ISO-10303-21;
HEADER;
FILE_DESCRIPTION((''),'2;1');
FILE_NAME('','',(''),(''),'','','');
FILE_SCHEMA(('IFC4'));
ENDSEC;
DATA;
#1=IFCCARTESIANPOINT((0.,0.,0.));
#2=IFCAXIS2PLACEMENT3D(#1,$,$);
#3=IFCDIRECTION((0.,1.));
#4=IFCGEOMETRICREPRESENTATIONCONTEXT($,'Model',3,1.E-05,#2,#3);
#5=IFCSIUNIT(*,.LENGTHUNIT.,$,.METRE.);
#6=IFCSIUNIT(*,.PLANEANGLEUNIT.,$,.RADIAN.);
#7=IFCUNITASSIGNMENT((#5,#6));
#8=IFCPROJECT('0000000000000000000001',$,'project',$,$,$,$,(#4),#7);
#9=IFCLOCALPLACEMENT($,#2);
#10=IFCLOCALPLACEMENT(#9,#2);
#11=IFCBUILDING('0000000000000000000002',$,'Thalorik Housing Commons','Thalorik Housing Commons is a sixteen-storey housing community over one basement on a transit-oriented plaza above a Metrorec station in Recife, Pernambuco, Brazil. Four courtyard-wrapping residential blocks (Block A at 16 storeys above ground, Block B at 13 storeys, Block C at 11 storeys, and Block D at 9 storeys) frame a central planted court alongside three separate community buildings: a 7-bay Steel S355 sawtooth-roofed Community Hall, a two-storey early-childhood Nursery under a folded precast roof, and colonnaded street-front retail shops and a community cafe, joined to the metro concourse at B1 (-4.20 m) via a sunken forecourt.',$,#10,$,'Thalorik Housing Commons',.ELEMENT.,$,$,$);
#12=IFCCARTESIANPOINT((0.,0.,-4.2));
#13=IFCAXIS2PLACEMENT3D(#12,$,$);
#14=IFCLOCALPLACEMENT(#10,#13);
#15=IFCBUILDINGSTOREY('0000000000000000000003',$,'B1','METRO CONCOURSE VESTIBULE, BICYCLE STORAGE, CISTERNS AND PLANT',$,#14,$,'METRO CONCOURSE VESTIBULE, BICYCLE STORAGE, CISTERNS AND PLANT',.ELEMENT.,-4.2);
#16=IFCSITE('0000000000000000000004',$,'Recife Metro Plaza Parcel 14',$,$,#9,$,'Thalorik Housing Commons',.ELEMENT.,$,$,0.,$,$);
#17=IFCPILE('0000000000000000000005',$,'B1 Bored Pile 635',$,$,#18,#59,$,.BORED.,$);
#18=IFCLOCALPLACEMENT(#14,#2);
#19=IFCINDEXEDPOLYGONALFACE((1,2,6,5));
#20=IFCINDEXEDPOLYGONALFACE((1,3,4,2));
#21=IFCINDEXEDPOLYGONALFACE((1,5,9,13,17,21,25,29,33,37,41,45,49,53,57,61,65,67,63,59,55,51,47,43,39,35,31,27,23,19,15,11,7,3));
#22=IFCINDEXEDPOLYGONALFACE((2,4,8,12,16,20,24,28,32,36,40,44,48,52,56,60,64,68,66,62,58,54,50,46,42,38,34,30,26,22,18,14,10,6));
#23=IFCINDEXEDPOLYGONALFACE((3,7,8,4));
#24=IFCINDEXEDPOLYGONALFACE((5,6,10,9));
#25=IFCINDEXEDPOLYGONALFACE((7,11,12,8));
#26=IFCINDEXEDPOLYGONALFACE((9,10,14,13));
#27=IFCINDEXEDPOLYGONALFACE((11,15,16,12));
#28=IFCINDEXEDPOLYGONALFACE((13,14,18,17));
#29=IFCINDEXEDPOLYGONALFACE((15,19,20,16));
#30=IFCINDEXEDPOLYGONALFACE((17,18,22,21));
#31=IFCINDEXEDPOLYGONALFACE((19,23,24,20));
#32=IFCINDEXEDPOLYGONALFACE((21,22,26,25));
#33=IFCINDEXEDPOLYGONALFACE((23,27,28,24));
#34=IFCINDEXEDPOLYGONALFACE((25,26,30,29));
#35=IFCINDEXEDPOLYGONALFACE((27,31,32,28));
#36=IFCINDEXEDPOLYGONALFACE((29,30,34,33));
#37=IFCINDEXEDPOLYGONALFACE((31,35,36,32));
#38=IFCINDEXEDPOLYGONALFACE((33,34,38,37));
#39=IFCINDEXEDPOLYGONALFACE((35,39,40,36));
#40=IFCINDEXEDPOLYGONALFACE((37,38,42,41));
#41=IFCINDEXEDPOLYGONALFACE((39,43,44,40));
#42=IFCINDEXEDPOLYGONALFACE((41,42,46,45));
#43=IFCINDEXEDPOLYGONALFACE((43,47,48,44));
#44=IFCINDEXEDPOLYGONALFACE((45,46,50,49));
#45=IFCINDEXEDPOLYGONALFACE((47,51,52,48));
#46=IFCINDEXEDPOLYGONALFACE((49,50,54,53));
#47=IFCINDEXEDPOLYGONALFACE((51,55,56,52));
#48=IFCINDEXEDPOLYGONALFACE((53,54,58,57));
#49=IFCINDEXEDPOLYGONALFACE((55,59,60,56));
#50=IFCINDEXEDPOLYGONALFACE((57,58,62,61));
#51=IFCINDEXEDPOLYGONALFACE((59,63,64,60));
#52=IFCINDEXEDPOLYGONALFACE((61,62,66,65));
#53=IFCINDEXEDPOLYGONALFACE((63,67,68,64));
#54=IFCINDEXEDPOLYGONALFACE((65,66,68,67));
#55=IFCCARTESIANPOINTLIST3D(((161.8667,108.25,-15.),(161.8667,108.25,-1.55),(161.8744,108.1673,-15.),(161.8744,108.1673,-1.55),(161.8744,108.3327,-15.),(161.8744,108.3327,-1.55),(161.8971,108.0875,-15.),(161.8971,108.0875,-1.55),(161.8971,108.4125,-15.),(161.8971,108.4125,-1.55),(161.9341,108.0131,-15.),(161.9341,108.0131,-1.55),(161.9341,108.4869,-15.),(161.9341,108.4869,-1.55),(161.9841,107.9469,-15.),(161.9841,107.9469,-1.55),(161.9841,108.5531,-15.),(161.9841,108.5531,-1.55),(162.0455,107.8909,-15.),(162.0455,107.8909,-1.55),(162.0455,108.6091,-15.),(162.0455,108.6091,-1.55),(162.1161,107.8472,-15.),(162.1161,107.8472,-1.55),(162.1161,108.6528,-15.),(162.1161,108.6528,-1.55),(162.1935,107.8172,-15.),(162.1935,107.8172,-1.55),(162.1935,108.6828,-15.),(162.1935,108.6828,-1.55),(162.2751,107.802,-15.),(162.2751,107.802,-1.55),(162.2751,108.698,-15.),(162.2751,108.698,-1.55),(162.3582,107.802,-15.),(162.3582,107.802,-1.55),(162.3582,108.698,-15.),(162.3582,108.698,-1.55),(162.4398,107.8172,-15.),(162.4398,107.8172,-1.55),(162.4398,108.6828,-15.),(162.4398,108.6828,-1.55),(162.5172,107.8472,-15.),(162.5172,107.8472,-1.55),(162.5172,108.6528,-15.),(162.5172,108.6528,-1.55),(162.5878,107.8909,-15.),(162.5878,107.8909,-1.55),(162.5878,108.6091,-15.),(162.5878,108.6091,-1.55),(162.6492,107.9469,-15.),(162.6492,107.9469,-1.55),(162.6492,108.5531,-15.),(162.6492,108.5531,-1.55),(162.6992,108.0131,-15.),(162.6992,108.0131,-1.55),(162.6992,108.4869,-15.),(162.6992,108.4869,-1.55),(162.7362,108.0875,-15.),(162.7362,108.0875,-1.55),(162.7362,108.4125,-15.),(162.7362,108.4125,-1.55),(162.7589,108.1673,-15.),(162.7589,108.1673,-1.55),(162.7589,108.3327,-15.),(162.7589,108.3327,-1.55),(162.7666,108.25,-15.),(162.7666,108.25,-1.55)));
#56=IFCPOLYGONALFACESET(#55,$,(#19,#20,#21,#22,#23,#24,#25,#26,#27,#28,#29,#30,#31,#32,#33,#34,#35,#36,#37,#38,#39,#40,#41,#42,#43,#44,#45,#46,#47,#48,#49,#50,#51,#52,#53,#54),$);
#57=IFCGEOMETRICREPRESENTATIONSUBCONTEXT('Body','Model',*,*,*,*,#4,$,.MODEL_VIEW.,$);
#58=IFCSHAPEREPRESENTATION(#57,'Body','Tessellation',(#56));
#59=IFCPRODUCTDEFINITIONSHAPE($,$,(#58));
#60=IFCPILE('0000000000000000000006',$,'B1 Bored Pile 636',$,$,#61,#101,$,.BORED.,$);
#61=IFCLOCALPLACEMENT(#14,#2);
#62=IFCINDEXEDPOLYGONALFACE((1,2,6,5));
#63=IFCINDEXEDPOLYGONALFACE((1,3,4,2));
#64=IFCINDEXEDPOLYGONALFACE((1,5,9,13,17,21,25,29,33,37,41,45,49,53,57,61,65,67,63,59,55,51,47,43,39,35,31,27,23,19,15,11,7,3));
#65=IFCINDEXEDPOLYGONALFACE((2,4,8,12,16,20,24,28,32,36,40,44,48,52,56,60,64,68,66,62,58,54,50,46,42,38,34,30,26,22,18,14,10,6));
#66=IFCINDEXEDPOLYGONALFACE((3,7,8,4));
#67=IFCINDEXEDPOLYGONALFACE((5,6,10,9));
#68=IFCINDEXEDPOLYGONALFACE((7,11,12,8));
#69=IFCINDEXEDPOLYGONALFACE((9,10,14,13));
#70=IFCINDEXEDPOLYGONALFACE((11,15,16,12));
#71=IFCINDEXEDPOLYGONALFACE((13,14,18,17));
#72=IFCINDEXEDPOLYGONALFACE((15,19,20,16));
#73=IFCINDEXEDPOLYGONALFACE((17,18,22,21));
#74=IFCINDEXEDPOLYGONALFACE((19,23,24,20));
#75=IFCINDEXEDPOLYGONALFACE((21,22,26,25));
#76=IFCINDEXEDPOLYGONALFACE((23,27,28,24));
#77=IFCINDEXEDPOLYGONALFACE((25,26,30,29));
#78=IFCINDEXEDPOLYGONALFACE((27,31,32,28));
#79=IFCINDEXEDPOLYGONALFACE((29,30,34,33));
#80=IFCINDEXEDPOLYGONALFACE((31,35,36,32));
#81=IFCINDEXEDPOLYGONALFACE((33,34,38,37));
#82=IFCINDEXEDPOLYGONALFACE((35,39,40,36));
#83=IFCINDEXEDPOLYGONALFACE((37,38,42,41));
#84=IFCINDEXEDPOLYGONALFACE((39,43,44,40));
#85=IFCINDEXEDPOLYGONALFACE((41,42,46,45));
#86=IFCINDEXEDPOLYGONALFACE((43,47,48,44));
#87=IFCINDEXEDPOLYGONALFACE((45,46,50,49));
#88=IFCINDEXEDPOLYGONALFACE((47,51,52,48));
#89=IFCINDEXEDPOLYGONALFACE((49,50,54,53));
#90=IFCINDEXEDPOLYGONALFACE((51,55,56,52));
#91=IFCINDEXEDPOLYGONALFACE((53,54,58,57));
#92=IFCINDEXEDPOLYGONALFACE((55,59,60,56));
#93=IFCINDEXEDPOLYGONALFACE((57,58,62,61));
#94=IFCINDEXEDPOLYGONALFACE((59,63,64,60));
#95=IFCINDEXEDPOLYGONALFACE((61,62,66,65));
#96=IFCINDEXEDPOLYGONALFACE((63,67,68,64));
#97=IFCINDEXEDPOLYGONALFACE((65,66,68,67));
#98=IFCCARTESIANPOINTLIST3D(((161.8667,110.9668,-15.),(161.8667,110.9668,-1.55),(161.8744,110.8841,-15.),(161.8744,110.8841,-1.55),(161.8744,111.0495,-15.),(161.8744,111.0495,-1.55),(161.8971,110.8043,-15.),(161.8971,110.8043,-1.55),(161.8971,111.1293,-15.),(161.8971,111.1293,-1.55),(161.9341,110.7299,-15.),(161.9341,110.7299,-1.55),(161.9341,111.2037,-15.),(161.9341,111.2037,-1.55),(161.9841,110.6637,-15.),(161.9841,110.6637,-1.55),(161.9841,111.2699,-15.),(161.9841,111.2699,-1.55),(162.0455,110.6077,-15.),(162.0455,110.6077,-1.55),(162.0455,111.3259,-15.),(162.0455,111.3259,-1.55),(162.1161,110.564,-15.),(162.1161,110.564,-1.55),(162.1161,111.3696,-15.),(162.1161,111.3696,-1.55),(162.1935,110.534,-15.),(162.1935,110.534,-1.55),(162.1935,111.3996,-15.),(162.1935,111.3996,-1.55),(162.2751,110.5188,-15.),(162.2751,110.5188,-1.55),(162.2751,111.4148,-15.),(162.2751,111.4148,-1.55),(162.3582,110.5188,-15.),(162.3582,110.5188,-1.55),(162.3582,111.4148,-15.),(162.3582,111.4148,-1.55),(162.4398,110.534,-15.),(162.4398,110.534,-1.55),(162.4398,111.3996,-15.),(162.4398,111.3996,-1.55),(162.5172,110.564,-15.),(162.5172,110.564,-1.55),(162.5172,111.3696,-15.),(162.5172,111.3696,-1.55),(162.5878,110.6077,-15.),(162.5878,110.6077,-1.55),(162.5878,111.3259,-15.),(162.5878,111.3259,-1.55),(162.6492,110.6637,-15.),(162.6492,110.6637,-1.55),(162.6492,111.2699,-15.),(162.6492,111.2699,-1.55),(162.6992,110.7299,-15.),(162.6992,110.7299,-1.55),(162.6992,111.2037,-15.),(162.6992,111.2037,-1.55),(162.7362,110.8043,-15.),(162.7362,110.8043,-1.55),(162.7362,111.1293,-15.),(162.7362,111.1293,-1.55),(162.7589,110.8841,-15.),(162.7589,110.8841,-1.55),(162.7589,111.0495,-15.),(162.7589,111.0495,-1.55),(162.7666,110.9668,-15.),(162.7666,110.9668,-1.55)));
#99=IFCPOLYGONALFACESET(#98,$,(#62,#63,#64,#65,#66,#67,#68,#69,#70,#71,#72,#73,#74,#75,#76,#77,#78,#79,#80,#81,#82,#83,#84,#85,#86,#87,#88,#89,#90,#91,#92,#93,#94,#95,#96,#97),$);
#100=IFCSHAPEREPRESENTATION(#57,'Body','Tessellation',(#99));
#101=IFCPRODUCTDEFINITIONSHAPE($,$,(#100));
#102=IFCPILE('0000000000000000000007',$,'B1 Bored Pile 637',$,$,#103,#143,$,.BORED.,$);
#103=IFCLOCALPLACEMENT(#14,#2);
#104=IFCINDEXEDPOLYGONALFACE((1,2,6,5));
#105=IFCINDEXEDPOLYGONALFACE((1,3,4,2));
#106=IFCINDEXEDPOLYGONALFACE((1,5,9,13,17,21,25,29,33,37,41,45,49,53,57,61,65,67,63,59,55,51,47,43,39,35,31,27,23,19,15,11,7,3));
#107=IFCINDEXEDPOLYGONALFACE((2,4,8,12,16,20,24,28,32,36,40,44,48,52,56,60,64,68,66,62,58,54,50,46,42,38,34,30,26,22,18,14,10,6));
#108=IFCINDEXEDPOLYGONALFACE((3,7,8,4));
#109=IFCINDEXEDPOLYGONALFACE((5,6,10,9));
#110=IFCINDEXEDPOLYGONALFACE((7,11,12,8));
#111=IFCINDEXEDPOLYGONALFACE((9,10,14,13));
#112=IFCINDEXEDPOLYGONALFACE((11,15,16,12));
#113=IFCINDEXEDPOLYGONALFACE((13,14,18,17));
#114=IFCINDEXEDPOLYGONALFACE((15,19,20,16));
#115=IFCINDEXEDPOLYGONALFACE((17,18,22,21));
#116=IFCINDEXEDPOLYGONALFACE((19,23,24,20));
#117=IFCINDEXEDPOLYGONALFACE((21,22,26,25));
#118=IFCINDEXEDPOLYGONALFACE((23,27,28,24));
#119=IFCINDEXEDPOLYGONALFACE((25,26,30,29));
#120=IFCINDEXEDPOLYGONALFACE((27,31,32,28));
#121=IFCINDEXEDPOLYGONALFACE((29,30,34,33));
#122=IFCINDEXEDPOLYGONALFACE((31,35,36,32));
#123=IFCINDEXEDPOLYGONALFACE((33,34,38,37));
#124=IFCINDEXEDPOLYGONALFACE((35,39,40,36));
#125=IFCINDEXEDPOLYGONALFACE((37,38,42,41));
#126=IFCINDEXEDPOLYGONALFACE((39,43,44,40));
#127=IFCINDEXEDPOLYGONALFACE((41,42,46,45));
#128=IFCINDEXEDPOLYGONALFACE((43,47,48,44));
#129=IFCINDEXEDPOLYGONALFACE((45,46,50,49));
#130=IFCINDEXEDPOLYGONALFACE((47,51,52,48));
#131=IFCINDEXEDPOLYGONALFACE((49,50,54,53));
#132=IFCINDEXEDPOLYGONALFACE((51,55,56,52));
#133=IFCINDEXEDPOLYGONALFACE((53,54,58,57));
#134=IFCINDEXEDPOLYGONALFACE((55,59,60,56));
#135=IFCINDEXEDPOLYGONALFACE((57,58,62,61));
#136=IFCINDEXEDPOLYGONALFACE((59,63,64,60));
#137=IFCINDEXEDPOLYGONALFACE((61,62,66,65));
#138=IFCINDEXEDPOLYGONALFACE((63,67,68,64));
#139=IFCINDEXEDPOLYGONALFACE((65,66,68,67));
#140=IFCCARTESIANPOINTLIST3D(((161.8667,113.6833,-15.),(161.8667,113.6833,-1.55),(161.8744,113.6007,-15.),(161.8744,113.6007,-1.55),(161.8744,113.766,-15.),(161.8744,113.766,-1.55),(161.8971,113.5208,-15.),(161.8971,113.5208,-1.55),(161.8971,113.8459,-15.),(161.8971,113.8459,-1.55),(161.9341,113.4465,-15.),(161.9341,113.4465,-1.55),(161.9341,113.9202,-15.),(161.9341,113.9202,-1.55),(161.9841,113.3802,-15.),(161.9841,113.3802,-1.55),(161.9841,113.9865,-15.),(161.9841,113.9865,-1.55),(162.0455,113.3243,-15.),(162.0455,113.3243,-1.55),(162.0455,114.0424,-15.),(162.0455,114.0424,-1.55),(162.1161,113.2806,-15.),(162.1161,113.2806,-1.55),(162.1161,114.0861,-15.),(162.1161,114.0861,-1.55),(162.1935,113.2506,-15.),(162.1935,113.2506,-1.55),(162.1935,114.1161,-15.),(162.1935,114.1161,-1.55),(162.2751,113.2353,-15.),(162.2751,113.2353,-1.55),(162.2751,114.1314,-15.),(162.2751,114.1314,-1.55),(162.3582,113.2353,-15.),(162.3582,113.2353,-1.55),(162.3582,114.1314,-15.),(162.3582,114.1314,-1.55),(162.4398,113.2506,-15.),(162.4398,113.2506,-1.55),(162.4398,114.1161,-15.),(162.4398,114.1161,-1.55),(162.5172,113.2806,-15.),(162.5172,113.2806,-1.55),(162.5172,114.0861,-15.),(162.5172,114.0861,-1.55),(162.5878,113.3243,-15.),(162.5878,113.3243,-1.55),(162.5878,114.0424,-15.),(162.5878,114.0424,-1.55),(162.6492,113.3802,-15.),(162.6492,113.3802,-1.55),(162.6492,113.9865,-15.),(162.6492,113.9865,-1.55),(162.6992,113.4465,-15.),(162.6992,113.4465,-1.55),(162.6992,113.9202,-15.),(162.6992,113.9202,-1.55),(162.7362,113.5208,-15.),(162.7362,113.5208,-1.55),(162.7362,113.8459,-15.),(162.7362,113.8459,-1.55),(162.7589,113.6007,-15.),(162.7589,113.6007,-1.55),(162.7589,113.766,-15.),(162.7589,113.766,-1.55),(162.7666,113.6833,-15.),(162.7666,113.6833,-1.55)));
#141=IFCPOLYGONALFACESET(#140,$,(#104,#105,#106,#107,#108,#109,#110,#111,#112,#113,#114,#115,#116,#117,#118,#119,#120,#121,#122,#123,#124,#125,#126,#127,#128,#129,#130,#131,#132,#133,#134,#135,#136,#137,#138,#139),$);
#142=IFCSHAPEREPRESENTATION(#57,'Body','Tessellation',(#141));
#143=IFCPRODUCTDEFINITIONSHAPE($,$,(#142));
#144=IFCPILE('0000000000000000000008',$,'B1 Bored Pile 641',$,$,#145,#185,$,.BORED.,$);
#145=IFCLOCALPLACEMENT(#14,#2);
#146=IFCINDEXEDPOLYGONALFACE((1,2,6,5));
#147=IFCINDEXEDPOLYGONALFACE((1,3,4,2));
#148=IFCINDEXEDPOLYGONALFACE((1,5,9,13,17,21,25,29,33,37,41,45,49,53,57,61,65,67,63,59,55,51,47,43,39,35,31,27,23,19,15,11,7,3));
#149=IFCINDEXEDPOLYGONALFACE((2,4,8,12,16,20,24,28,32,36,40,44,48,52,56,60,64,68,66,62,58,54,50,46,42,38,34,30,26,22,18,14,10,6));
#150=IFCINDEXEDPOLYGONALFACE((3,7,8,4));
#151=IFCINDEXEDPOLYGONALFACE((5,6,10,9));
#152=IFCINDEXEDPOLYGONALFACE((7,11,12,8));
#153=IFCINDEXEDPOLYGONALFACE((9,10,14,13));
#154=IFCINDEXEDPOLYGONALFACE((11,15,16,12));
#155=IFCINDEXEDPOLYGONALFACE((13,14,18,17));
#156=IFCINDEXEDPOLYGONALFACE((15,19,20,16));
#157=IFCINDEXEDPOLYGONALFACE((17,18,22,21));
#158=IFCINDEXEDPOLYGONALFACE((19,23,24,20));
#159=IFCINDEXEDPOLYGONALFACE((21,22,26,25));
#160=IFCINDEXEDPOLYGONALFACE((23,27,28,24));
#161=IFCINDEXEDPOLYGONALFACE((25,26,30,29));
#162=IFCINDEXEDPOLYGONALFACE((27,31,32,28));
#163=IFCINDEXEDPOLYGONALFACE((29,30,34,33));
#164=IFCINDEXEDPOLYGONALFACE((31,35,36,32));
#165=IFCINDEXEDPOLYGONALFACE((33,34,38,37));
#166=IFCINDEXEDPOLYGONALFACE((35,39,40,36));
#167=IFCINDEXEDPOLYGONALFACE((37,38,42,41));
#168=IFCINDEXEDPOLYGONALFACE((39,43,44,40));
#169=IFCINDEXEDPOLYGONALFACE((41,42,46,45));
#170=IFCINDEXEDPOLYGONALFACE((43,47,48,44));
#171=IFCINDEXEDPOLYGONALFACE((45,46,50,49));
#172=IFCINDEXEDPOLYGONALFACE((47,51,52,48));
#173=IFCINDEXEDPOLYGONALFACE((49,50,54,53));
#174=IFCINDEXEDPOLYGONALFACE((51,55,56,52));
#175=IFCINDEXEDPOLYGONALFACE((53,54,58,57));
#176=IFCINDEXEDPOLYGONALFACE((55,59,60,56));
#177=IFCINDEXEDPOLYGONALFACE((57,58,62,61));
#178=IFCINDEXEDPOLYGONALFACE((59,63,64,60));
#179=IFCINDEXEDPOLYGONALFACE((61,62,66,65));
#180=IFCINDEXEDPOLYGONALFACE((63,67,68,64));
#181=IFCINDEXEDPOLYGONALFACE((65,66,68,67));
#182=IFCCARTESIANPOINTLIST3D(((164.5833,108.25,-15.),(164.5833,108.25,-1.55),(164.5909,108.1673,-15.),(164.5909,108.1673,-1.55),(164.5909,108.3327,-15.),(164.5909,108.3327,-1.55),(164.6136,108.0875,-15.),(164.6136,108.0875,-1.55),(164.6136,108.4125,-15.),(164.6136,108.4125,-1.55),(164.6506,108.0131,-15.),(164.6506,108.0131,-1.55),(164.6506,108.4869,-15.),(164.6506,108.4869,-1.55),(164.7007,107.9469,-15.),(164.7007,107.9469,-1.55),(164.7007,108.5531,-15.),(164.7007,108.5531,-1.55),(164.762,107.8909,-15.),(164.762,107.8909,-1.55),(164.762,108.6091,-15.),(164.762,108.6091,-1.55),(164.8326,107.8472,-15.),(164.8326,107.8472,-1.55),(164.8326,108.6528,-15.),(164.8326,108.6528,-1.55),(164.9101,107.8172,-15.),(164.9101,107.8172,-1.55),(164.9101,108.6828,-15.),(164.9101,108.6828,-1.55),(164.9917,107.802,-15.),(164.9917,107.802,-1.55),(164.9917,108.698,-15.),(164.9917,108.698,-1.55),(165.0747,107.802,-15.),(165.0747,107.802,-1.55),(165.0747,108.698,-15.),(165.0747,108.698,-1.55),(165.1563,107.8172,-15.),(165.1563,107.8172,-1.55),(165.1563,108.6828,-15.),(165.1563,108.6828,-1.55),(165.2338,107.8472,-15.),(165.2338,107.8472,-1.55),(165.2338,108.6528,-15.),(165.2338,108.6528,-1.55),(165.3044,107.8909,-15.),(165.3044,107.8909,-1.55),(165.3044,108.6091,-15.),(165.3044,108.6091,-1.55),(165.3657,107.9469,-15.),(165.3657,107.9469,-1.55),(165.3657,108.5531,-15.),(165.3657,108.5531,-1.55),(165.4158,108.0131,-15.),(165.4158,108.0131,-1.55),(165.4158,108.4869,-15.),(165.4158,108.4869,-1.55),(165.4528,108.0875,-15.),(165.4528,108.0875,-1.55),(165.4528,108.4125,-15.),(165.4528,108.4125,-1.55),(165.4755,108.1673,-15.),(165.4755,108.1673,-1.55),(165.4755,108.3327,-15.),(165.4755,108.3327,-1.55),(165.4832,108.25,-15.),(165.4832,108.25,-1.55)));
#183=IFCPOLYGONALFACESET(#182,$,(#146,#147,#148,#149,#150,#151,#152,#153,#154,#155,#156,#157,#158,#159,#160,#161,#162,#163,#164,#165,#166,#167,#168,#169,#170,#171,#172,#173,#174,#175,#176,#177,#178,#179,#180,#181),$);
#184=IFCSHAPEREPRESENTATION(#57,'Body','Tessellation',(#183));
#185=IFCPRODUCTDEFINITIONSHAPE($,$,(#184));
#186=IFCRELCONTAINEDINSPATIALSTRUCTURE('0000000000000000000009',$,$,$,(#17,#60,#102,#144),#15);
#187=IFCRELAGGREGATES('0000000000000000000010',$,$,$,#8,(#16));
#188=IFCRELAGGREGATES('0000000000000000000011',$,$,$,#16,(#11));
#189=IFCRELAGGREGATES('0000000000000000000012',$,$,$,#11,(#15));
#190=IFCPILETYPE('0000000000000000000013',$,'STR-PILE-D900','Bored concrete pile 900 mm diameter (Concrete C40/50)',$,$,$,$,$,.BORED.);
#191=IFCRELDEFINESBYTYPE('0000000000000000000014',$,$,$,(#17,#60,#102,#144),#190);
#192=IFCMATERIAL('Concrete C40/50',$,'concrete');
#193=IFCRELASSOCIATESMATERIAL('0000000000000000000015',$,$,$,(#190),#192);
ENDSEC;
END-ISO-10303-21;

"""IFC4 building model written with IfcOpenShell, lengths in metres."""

from ifc_helpers import new_model, si_unit, direction, frame, origin, origin_2d, place, context, subcontext, project, spatial, circle, extrude, material, material_profile, profile_set, type_object, element, save


model = new_model("IFC4")

# Units and contexts
model_context = context("Model", 3, precision=1e-05, world=origin(), true_north=direction((0.0, 1.0)))
body_context = subcontext(model_context, "Body", "Model", "MODEL_VIEW")
ifc_project = project(units=[si_unit("LENGTHUNIT", "METRE"), si_unit("PLANEANGLEUNIT", "RADIAN")], contexts=[model_context])

# Site, building, storey
site_placement = place(None, origin())
site = spatial("IfcSite", under=ifc_project, at=site_placement, Name="Recife Metro Plaza Parcel 14", LongName="Thalorik Housing Commons", CompositionType="ELEMENT", RefElevation=0.0)
building_placement = place(site_placement, origin())
building = spatial("IfcBuilding", under=site, at=building_placement, Name="Thalorik Housing Commons", Description="Thalorik Housing Commons is a sixteen-storey housing community over one basement on a transit-oriented plaza above a Metrorec station in Recife, Pernambuco, Brazil. Four courtyard-wrapping residential blocks (Block A at 16 storeys above ground, Block B at 13 storeys, Block C at 11 storeys, and Block D at 9 storeys) frame a central planted court alongside three separate community buildings: a 7-bay Steel S355 sawtooth-roofed Community Hall, a two-storey early-childhood Nursery under a folded precast roof, and colonnaded street-front retail shops and a community cafe, joined to the metro concourse at B1 (-4.20 m) via a sunken forecourt.", LongName="Thalorik Housing Commons", CompositionType="ELEMENT")
storey_placement = place(building_placement, frame((0.0, 0.0, -4.2)))
storey = spatial("IfcBuildingStorey", under=building, at=storey_placement, Name="B1", Description="METRO CONCOURSE VESTIBULE, BICYCLE STORAGE, CISTERNS AND PLANT", LongName="METRO CONCOURSE VESTIBULE, BICYCLE STORAGE, CISTERNS AND PLANT", CompositionType="ELEMENT", Elevation=-4.2)

# Shared definitions
ifc_material_1 = material(Name="Concrete C40/50", Category="concrete")

# Piles
ifc_material_profile_1 = material_profile(ifc_material_1, circle(Radius=0.45, at=origin_2d()), Name="BORED PILE D900", Category="concrete")
ifc_profile_set_1 = profile_set([ifc_material_profile_1], Name="Concrete C40/50")
pile_type_1 = type_object("IfcPileType", Name="STR-PILE-D900", Description="Bored concrete pile 900 mm diameter (Concrete C40/50)", PredefinedType="BORED", material=ifc_profile_set_1)
for number, where, z_axis, x_axis, name in (
    (1, (162.3167, 108.25, -1.55), (0.0, 0.0, -1.0), (1.0, 0.0, 0.0), "B1 Bored Pile 635"),
    (2, (162.3167, 110.9668, -1.55), (0.0, 0.0, -1.0), (1.0, 0.0, 0.0), "B1 Bored Pile 636"),
    (3, (162.3167, 113.6833, -1.55), (0.0, 0.0, -1.0), (1.0, 0.0, 0.0), "B1 Bored Pile 637"),
    (4, (165.0332, 108.25, -1.55), (0.0, 0.0, -1.0), (1.0, 0.0, 0.0), "B1 Bored Pile 641"),
):
    element("IfcPile", number, at=place(storey_placement, frame(where, z_axis=z_axis, x_axis=x_axis)), inside=storey, type_object=pile_type_1, Name=name, PredefinedType="BORED", context=body_context, shape_type="SweptSolid", body=[
        extrude(circle(Radius=0.45, at=origin_2d()), origin(), (0.0, 0.0, 1.0), 13.45),
    ])

save(model, "model.ifc")
